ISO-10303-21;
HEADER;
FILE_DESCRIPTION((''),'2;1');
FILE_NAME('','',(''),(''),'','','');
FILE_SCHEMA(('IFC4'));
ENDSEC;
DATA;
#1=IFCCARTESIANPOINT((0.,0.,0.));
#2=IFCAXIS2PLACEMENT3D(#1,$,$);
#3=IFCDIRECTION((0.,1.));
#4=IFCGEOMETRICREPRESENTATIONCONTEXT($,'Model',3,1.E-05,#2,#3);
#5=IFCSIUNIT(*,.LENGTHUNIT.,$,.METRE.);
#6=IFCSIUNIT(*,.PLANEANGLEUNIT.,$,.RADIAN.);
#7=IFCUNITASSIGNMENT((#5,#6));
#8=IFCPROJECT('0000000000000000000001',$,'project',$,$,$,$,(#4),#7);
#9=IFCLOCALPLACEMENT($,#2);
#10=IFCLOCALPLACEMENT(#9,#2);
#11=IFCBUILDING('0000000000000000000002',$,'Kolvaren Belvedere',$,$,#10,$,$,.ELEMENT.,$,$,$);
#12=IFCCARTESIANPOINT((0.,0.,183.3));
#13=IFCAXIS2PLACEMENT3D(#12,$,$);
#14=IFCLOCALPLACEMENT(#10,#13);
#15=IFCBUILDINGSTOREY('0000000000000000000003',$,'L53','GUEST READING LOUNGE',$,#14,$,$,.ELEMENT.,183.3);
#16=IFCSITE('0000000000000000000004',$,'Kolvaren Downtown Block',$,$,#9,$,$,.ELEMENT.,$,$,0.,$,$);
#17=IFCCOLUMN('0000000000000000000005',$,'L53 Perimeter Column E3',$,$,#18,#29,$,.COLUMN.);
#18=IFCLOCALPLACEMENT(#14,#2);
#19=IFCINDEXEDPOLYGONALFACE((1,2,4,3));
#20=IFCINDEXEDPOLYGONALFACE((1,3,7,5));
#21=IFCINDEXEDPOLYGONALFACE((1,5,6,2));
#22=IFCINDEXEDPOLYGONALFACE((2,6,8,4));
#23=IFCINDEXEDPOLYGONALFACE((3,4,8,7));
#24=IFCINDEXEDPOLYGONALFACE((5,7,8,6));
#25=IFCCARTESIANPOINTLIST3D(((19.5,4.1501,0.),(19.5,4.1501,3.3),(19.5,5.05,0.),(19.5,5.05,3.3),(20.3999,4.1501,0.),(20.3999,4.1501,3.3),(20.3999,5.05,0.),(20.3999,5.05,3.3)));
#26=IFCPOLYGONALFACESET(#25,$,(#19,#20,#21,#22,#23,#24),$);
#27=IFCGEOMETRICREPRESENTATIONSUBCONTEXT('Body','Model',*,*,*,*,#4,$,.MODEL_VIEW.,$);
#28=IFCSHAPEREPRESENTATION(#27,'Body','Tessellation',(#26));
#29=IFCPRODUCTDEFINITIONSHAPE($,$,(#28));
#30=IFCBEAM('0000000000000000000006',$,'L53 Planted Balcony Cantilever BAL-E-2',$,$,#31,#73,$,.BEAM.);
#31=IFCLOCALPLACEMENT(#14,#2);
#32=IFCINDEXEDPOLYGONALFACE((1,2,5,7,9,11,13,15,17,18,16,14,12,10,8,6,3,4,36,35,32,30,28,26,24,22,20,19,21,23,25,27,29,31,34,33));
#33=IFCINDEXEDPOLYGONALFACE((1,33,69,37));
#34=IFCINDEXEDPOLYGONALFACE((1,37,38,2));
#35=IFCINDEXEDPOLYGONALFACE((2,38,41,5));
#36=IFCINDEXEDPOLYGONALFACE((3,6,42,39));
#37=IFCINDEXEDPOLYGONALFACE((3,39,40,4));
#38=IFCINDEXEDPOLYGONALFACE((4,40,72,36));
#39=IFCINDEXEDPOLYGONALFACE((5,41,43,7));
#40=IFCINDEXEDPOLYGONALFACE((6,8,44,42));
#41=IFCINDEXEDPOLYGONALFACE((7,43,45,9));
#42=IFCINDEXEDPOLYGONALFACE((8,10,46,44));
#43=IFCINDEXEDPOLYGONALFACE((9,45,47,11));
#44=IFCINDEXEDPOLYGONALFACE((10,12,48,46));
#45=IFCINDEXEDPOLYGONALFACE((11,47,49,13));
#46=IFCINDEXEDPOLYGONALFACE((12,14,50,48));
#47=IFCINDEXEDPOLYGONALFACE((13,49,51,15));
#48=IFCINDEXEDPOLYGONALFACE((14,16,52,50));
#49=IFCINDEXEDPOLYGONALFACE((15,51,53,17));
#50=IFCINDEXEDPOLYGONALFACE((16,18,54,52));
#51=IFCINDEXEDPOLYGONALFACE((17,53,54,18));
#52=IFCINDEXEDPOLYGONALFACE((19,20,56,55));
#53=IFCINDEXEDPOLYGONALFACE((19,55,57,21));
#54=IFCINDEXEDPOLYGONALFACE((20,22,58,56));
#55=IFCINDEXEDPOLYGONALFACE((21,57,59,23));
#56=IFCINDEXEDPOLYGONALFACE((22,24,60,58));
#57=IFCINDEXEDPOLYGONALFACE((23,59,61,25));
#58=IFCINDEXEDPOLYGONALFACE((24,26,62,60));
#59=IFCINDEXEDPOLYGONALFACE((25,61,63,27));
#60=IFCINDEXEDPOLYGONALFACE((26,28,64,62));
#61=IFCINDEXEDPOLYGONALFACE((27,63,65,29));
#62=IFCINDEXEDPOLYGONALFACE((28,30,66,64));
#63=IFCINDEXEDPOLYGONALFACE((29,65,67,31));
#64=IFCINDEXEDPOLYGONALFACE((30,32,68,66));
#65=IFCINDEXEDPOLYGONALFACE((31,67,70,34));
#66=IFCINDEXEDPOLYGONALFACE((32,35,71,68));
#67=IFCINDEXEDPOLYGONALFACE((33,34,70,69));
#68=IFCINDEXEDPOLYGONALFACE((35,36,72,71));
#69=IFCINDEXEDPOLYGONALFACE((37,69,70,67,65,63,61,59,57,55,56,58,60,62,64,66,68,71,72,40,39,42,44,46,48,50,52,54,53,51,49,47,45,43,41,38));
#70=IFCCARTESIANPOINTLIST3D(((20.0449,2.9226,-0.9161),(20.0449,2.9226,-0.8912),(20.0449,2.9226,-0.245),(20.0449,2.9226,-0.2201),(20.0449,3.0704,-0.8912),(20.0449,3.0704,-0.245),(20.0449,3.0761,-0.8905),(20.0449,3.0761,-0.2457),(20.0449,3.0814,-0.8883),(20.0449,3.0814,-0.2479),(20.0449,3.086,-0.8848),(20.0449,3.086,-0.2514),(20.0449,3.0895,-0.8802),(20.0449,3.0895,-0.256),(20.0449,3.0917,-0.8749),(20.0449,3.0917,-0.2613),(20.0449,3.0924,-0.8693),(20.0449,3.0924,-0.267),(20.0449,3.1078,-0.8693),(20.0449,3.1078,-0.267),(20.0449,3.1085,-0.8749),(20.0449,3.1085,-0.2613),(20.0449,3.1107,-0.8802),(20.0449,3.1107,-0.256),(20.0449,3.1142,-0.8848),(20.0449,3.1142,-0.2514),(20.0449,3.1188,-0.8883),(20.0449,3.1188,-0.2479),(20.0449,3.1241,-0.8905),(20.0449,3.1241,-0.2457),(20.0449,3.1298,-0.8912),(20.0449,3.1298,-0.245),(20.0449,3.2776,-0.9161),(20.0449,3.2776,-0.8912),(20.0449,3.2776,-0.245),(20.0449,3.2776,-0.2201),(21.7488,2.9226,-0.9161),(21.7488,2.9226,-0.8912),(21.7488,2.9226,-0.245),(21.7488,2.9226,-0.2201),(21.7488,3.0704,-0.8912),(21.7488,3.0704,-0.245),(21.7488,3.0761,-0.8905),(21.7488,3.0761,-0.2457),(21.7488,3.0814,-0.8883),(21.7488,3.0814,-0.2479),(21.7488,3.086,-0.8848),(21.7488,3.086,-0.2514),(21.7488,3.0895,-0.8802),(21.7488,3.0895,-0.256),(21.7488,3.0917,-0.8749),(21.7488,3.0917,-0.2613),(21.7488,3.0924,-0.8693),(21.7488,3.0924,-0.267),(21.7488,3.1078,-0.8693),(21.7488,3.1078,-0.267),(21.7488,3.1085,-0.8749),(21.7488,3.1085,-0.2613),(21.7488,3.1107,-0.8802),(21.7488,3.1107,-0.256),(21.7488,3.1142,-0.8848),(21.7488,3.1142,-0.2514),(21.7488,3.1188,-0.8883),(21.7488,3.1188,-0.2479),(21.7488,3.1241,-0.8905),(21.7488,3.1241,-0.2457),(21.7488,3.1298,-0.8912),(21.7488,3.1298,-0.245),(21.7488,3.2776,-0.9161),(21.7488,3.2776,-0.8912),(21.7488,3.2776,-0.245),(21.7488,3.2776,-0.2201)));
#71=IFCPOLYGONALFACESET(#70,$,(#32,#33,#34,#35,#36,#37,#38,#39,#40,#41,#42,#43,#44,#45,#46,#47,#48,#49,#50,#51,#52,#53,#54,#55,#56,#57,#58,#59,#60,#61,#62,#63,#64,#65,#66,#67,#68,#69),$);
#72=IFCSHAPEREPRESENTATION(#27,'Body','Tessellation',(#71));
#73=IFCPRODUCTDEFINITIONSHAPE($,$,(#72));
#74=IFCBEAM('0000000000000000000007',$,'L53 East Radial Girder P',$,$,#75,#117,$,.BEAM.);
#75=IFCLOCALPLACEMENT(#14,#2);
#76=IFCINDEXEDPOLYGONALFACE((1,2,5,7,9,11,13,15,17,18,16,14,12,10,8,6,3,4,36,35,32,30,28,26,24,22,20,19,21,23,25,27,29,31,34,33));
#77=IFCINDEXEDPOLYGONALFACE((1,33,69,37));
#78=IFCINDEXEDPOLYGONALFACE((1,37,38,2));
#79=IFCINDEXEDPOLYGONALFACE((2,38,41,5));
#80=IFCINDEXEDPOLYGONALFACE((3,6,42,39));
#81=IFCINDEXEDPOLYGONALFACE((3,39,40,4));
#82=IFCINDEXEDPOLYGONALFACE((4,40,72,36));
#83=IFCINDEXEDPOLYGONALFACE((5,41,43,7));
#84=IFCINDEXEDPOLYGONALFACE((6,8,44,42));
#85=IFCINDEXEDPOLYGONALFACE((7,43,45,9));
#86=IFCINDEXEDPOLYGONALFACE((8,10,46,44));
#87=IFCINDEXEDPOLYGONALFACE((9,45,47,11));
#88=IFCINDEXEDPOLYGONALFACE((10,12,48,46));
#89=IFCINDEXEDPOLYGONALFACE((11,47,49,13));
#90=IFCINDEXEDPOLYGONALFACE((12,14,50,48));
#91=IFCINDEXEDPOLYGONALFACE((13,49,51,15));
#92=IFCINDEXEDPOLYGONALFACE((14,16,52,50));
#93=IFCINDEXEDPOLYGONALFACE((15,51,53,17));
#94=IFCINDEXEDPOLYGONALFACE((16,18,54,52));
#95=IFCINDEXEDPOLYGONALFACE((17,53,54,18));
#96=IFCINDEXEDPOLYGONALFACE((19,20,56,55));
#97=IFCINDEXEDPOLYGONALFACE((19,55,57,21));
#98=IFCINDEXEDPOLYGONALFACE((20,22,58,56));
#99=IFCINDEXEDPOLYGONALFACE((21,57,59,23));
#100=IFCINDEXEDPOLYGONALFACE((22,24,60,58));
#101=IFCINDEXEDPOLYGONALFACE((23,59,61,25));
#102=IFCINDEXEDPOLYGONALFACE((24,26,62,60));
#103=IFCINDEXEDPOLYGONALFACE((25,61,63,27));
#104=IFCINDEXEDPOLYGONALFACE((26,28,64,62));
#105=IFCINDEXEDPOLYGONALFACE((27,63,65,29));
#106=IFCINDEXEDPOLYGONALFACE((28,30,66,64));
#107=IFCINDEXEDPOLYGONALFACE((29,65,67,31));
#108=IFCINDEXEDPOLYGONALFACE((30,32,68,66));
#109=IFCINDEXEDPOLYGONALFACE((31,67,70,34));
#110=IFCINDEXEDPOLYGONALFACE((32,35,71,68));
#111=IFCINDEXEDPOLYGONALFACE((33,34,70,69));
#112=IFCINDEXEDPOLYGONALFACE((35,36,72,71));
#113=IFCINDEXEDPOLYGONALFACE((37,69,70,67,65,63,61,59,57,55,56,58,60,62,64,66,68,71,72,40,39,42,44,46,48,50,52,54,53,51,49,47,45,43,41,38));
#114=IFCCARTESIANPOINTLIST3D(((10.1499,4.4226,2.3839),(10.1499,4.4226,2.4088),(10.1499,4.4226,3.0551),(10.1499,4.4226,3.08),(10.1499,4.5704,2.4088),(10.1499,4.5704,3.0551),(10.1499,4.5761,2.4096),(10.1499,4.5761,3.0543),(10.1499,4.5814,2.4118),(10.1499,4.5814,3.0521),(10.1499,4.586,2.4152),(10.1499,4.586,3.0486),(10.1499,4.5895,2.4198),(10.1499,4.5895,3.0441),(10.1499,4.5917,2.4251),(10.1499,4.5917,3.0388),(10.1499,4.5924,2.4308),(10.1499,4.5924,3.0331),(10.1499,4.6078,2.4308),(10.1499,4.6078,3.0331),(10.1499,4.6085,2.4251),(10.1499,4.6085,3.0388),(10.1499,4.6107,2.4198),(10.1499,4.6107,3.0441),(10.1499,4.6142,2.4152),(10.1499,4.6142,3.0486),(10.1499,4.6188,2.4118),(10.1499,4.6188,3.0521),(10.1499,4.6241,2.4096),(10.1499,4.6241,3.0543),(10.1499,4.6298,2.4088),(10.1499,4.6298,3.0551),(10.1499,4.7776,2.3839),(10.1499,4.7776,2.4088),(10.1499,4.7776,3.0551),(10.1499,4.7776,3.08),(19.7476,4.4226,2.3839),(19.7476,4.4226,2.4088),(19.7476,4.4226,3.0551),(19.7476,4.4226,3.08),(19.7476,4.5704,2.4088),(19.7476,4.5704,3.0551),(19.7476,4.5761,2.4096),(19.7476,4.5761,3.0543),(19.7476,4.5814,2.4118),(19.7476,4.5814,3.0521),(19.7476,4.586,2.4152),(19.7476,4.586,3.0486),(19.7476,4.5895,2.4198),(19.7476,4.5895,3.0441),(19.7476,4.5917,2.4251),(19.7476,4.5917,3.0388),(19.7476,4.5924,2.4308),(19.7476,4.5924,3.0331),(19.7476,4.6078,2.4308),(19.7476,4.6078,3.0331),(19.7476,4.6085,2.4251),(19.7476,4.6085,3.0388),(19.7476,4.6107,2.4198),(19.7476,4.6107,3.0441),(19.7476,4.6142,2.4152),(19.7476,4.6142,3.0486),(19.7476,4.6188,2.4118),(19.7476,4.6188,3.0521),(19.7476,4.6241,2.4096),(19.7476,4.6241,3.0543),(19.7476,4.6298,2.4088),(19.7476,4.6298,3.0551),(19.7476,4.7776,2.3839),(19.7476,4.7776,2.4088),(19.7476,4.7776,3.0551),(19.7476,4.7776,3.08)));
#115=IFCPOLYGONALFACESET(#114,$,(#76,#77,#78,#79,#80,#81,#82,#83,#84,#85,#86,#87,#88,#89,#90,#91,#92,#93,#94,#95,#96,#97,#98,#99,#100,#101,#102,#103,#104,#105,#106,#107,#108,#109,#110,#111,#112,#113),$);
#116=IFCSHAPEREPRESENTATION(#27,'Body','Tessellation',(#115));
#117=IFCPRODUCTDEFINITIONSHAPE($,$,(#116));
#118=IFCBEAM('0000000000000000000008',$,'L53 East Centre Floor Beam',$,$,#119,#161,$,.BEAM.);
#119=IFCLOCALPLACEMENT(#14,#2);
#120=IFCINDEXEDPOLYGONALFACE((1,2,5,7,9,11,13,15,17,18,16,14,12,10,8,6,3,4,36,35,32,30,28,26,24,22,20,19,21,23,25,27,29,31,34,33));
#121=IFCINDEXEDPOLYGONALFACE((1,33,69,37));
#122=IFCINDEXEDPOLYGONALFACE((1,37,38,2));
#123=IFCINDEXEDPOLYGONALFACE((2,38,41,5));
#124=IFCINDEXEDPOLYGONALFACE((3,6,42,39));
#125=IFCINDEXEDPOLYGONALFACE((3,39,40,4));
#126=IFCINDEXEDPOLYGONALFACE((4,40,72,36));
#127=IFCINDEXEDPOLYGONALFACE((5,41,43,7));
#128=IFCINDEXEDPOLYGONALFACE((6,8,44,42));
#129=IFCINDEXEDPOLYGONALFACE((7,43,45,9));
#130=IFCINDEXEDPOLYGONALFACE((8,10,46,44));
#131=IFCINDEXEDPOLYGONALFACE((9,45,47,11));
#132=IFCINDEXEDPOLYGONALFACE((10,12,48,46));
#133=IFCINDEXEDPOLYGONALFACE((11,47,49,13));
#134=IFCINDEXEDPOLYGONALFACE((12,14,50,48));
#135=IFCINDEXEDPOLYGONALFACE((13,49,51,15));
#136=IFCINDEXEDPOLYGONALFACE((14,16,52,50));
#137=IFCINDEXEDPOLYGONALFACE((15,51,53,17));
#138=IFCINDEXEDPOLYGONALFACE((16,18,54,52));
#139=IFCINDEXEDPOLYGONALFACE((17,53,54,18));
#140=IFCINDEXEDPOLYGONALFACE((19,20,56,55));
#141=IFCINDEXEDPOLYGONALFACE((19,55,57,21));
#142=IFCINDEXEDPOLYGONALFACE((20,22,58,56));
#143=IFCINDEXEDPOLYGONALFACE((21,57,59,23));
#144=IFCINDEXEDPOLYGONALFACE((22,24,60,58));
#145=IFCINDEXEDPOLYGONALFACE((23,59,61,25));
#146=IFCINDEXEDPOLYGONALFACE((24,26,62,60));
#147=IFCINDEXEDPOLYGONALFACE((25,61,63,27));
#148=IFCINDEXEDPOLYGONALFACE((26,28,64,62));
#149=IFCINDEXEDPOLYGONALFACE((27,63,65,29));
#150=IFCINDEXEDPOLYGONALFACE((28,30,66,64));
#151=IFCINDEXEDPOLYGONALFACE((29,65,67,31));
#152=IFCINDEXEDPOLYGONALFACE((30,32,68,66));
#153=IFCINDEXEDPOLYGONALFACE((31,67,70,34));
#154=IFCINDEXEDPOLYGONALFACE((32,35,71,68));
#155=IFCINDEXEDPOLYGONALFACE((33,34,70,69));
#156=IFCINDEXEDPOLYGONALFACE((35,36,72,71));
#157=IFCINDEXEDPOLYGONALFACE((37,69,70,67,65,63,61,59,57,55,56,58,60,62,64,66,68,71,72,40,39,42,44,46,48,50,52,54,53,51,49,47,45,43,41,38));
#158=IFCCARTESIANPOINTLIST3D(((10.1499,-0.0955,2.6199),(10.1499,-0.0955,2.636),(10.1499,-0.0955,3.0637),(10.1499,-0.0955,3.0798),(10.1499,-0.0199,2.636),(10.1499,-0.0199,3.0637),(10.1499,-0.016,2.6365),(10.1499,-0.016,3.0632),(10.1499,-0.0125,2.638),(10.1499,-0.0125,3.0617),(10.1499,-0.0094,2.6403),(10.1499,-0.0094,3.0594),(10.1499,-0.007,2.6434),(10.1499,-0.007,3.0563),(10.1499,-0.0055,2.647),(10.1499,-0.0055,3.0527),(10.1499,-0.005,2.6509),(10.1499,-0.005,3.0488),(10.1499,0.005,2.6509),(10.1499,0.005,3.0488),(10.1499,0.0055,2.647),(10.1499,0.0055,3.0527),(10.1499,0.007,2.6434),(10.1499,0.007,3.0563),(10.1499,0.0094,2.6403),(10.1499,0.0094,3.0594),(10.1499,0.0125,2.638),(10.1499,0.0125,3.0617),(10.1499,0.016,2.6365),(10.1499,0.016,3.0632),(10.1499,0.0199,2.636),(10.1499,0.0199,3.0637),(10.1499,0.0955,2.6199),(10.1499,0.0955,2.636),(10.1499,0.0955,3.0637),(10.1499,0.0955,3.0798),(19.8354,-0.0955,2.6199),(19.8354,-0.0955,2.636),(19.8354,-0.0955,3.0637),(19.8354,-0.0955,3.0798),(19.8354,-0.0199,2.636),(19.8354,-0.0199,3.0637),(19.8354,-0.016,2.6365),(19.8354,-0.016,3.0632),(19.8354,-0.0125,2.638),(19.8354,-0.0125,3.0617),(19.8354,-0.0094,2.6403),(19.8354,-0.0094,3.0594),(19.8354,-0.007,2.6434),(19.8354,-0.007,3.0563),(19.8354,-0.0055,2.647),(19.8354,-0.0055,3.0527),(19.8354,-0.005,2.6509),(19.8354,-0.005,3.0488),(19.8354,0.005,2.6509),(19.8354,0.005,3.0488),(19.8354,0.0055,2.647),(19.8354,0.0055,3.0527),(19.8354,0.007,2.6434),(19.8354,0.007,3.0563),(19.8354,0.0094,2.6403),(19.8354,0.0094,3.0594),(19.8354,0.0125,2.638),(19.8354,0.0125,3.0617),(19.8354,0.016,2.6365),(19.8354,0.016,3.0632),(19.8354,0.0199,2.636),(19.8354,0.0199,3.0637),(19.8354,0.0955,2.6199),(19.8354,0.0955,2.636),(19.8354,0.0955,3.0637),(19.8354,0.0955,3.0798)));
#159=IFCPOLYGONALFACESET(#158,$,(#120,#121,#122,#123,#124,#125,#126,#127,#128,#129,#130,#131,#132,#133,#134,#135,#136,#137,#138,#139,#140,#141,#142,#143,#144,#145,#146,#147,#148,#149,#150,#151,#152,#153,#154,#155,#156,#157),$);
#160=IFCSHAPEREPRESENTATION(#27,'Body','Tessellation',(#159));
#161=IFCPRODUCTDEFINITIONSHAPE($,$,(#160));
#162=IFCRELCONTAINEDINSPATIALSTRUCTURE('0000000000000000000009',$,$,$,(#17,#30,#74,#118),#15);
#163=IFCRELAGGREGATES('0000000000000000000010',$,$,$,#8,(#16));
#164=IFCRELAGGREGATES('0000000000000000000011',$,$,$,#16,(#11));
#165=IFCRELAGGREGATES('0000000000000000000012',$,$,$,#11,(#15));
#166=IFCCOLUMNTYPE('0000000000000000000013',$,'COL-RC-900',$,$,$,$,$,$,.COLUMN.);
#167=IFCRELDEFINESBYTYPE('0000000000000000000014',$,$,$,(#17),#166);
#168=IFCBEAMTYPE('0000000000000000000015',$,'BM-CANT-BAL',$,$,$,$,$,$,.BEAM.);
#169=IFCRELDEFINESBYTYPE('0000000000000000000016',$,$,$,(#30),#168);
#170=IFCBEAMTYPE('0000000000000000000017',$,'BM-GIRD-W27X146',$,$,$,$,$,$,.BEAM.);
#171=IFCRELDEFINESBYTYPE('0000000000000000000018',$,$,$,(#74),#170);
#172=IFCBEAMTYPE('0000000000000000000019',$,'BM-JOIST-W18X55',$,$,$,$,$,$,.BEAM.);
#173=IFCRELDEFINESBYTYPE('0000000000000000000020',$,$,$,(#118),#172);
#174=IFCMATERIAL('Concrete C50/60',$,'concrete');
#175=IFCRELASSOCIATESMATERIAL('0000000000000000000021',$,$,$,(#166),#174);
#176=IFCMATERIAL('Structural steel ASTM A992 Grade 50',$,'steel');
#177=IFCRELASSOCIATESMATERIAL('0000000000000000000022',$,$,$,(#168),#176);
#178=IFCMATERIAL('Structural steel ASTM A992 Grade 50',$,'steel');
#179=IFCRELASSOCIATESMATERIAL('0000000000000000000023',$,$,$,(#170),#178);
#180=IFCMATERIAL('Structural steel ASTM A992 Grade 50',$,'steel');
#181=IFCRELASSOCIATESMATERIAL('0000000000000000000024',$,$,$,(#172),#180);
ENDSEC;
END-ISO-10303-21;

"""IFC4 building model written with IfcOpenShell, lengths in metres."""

from ifc_helpers import new_model, si_unit, direction, frame, origin, origin_2d, place, context, subcontext, project, spatial, rectangle, i_section, extrude, material, material_profile, profile_set, type_object, element, save


model = new_model("IFC4")

# Units and contexts
model_context = context("Model", 3, precision=1e-05, world=origin(), true_north=direction((0.0, 1.0)))
body_context = subcontext(model_context, "Body", "Model", "MODEL_VIEW")
ifc_project = project(units=[si_unit("LENGTHUNIT", "METRE"), si_unit("PLANEANGLEUNIT", "RADIAN")], contexts=[model_context])

# Site, building, storey
site_placement = place(None, origin())
site = spatial("IfcSite", under=ifc_project, at=site_placement, Name="Kolvaren Downtown Block", CompositionType="ELEMENT", RefElevation=0.0)
building_placement = place(site_placement, origin())
building = spatial("IfcBuilding", under=site, at=building_placement, Name="Kolvaren Belvedere", CompositionType="ELEMENT")
storey_placement = place(building_placement, frame((0.0, 0.0, 183.3)))
storey = spatial("IfcBuildingStorey", under=building, at=storey_placement, Name="L53", Description="GUEST READING LOUNGE", CompositionType="ELEMENT", Elevation=183.3)

# Column
ifc_material_1 = material(Name="Concrete C50/60", Category="concrete")
ifc_material_profile_1 = material_profile(ifc_material_1, rectangle(XDim=0.8999, YDim=0.8999, at=origin_2d()), Name="RC 900X900")
ifc_profile_set_1 = profile_set([ifc_material_profile_1], Name="Concrete C50/60")
column_type = type_object("IfcColumnType", Name="COL-RC-900", PredefinedType="COLUMN", material=ifc_profile_set_1)
column_placement = place(storey_placement, frame((19.95, 4.6001, 0.0), z_axis=(0.0, 0.0, 1.0), x_axis=(1.0, 0.0, 0.0)))
element("IfcColumn", 1, at=column_placement, inside=storey, type_object=column_type, Name="L53 Perimeter Column E3", PredefinedType="COLUMN", context=body_context, shape_type="SweptSolid", body=[
    extrude(rectangle(XDim=0.8999, YDim=0.8999, at=origin_2d()), origin(), (0.0, 0.0, 1.0), 3.3),
])

# Beams
ifc_material_2 = material(Name="Structural steel ASTM A992 Grade 50", Category="steel")
ifc_material_profile_2 = material_profile(ifc_material_2, i_section(OverallWidth=0.355, OverallDepth=0.696, WebThickness=0.0154, FlangeThickness=0.0249, FilletRadius=0.022, at=origin_2d()), Name="W27X146")
ifc_profile_set_2 = profile_set([ifc_material_profile_2], Name="Structural steel ASTM A992 Grade 50")
beam_type_1 = type_object("IfcBeamType", Name="BM-CANT-BAL", PredefinedType="BEAM", material=ifc_profile_set_2)
beam_1_placement = place(storey_placement, frame((20.0449, 3.1001, -0.5681), z_axis=(1.0, 0.0, 0.0), x_axis=(0.0, 1.0, 0.0)))
element("IfcBeam", 2, at=beam_1_placement, inside=storey, type_object=beam_type_1, Name="L53 Planted Balcony Cantilever BAL-E-2", PredefinedType="BEAM", context=body_context, shape_type="SweptSolid", body=[
    extrude(i_section(OverallWidth=0.355, OverallDepth=0.696, WebThickness=0.0154, FlangeThickness=0.0249, FilletRadius=0.022, at=origin_2d()), origin(), (0.0, 0.0, 1.0), 1.7039),
])
ifc_material_3 = material(Name="Structural steel ASTM A992 Grade 50", Category="steel")
ifc_material_profile_3 = material_profile(ifc_material_3, i_section(OverallWidth=0.355, OverallDepth=0.696, WebThickness=0.0154, FlangeThickness=0.0249, FilletRadius=0.022, at=origin_2d()), Name="W27X146")
ifc_profile_set_3 = profile_set([ifc_material_profile_3], Name="Structural steel ASTM A992 Grade 50")
beam_type_2 = type_object("IfcBeamType", Name="BM-GIRD-W27X146", PredefinedType="BEAM", material=ifc_profile_set_3)
beam_2_placement = place(storey_placement, frame((10.1499, 4.6001, 2.7319), z_axis=(1.0, 0.0, 0.0), x_axis=(0.0, 1.0, 0.0)))
element("IfcBeam", 3, at=beam_2_placement, inside=storey, type_object=beam_type_2, Name="L53 East Radial Girder P", PredefinedType="BEAM", context=body_context, shape_type="SweptSolid", body=[
    extrude(i_section(OverallWidth=0.355, OverallDepth=0.696, WebThickness=0.0154, FlangeThickness=0.0249, FilletRadius=0.022, at=origin_2d()), origin(), (0.0, 0.0, 1.0), 9.5977),
])
ifc_material_4 = material(Name="Structural steel ASTM A992 Grade 50", Category="steel")
ifc_material_profile_4 = material_profile(ifc_material_4, i_section(OverallWidth=0.1909, OverallDepth=0.46, WebThickness=0.01, FlangeThickness=0.0161, FilletRadius=0.0149, at=origin_2d()), Name="W18X55")
ifc_profile_set_4 = profile_set([ifc_material_profile_4], Name="Structural steel ASTM A992 Grade 50")
beam_type_3 = type_object("IfcBeamType", Name="BM-JOIST-W18X55", PredefinedType="BEAM", material=ifc_profile_set_4)
beam_3_placement = place(storey_placement, frame((10.1499, 0.0, 2.8499), z_axis=(1.0, 0.0, 0.0), x_axis=(0.0, 1.0, 0.0)))
element("IfcBeam", 4, at=beam_3_placement, inside=storey, type_object=beam_type_3, Name="L53 East Centre Floor Beam", PredefinedType="BEAM", context=body_context, shape_type="SweptSolid", body=[
    extrude(i_section(OverallWidth=0.1909, OverallDepth=0.46, WebThickness=0.01, FlangeThickness=0.0161, FilletRadius=0.0149, at=origin_2d()), origin(), (0.0, 0.0, 1.0), 9.6855),
])

save(model, "model.ifc")
